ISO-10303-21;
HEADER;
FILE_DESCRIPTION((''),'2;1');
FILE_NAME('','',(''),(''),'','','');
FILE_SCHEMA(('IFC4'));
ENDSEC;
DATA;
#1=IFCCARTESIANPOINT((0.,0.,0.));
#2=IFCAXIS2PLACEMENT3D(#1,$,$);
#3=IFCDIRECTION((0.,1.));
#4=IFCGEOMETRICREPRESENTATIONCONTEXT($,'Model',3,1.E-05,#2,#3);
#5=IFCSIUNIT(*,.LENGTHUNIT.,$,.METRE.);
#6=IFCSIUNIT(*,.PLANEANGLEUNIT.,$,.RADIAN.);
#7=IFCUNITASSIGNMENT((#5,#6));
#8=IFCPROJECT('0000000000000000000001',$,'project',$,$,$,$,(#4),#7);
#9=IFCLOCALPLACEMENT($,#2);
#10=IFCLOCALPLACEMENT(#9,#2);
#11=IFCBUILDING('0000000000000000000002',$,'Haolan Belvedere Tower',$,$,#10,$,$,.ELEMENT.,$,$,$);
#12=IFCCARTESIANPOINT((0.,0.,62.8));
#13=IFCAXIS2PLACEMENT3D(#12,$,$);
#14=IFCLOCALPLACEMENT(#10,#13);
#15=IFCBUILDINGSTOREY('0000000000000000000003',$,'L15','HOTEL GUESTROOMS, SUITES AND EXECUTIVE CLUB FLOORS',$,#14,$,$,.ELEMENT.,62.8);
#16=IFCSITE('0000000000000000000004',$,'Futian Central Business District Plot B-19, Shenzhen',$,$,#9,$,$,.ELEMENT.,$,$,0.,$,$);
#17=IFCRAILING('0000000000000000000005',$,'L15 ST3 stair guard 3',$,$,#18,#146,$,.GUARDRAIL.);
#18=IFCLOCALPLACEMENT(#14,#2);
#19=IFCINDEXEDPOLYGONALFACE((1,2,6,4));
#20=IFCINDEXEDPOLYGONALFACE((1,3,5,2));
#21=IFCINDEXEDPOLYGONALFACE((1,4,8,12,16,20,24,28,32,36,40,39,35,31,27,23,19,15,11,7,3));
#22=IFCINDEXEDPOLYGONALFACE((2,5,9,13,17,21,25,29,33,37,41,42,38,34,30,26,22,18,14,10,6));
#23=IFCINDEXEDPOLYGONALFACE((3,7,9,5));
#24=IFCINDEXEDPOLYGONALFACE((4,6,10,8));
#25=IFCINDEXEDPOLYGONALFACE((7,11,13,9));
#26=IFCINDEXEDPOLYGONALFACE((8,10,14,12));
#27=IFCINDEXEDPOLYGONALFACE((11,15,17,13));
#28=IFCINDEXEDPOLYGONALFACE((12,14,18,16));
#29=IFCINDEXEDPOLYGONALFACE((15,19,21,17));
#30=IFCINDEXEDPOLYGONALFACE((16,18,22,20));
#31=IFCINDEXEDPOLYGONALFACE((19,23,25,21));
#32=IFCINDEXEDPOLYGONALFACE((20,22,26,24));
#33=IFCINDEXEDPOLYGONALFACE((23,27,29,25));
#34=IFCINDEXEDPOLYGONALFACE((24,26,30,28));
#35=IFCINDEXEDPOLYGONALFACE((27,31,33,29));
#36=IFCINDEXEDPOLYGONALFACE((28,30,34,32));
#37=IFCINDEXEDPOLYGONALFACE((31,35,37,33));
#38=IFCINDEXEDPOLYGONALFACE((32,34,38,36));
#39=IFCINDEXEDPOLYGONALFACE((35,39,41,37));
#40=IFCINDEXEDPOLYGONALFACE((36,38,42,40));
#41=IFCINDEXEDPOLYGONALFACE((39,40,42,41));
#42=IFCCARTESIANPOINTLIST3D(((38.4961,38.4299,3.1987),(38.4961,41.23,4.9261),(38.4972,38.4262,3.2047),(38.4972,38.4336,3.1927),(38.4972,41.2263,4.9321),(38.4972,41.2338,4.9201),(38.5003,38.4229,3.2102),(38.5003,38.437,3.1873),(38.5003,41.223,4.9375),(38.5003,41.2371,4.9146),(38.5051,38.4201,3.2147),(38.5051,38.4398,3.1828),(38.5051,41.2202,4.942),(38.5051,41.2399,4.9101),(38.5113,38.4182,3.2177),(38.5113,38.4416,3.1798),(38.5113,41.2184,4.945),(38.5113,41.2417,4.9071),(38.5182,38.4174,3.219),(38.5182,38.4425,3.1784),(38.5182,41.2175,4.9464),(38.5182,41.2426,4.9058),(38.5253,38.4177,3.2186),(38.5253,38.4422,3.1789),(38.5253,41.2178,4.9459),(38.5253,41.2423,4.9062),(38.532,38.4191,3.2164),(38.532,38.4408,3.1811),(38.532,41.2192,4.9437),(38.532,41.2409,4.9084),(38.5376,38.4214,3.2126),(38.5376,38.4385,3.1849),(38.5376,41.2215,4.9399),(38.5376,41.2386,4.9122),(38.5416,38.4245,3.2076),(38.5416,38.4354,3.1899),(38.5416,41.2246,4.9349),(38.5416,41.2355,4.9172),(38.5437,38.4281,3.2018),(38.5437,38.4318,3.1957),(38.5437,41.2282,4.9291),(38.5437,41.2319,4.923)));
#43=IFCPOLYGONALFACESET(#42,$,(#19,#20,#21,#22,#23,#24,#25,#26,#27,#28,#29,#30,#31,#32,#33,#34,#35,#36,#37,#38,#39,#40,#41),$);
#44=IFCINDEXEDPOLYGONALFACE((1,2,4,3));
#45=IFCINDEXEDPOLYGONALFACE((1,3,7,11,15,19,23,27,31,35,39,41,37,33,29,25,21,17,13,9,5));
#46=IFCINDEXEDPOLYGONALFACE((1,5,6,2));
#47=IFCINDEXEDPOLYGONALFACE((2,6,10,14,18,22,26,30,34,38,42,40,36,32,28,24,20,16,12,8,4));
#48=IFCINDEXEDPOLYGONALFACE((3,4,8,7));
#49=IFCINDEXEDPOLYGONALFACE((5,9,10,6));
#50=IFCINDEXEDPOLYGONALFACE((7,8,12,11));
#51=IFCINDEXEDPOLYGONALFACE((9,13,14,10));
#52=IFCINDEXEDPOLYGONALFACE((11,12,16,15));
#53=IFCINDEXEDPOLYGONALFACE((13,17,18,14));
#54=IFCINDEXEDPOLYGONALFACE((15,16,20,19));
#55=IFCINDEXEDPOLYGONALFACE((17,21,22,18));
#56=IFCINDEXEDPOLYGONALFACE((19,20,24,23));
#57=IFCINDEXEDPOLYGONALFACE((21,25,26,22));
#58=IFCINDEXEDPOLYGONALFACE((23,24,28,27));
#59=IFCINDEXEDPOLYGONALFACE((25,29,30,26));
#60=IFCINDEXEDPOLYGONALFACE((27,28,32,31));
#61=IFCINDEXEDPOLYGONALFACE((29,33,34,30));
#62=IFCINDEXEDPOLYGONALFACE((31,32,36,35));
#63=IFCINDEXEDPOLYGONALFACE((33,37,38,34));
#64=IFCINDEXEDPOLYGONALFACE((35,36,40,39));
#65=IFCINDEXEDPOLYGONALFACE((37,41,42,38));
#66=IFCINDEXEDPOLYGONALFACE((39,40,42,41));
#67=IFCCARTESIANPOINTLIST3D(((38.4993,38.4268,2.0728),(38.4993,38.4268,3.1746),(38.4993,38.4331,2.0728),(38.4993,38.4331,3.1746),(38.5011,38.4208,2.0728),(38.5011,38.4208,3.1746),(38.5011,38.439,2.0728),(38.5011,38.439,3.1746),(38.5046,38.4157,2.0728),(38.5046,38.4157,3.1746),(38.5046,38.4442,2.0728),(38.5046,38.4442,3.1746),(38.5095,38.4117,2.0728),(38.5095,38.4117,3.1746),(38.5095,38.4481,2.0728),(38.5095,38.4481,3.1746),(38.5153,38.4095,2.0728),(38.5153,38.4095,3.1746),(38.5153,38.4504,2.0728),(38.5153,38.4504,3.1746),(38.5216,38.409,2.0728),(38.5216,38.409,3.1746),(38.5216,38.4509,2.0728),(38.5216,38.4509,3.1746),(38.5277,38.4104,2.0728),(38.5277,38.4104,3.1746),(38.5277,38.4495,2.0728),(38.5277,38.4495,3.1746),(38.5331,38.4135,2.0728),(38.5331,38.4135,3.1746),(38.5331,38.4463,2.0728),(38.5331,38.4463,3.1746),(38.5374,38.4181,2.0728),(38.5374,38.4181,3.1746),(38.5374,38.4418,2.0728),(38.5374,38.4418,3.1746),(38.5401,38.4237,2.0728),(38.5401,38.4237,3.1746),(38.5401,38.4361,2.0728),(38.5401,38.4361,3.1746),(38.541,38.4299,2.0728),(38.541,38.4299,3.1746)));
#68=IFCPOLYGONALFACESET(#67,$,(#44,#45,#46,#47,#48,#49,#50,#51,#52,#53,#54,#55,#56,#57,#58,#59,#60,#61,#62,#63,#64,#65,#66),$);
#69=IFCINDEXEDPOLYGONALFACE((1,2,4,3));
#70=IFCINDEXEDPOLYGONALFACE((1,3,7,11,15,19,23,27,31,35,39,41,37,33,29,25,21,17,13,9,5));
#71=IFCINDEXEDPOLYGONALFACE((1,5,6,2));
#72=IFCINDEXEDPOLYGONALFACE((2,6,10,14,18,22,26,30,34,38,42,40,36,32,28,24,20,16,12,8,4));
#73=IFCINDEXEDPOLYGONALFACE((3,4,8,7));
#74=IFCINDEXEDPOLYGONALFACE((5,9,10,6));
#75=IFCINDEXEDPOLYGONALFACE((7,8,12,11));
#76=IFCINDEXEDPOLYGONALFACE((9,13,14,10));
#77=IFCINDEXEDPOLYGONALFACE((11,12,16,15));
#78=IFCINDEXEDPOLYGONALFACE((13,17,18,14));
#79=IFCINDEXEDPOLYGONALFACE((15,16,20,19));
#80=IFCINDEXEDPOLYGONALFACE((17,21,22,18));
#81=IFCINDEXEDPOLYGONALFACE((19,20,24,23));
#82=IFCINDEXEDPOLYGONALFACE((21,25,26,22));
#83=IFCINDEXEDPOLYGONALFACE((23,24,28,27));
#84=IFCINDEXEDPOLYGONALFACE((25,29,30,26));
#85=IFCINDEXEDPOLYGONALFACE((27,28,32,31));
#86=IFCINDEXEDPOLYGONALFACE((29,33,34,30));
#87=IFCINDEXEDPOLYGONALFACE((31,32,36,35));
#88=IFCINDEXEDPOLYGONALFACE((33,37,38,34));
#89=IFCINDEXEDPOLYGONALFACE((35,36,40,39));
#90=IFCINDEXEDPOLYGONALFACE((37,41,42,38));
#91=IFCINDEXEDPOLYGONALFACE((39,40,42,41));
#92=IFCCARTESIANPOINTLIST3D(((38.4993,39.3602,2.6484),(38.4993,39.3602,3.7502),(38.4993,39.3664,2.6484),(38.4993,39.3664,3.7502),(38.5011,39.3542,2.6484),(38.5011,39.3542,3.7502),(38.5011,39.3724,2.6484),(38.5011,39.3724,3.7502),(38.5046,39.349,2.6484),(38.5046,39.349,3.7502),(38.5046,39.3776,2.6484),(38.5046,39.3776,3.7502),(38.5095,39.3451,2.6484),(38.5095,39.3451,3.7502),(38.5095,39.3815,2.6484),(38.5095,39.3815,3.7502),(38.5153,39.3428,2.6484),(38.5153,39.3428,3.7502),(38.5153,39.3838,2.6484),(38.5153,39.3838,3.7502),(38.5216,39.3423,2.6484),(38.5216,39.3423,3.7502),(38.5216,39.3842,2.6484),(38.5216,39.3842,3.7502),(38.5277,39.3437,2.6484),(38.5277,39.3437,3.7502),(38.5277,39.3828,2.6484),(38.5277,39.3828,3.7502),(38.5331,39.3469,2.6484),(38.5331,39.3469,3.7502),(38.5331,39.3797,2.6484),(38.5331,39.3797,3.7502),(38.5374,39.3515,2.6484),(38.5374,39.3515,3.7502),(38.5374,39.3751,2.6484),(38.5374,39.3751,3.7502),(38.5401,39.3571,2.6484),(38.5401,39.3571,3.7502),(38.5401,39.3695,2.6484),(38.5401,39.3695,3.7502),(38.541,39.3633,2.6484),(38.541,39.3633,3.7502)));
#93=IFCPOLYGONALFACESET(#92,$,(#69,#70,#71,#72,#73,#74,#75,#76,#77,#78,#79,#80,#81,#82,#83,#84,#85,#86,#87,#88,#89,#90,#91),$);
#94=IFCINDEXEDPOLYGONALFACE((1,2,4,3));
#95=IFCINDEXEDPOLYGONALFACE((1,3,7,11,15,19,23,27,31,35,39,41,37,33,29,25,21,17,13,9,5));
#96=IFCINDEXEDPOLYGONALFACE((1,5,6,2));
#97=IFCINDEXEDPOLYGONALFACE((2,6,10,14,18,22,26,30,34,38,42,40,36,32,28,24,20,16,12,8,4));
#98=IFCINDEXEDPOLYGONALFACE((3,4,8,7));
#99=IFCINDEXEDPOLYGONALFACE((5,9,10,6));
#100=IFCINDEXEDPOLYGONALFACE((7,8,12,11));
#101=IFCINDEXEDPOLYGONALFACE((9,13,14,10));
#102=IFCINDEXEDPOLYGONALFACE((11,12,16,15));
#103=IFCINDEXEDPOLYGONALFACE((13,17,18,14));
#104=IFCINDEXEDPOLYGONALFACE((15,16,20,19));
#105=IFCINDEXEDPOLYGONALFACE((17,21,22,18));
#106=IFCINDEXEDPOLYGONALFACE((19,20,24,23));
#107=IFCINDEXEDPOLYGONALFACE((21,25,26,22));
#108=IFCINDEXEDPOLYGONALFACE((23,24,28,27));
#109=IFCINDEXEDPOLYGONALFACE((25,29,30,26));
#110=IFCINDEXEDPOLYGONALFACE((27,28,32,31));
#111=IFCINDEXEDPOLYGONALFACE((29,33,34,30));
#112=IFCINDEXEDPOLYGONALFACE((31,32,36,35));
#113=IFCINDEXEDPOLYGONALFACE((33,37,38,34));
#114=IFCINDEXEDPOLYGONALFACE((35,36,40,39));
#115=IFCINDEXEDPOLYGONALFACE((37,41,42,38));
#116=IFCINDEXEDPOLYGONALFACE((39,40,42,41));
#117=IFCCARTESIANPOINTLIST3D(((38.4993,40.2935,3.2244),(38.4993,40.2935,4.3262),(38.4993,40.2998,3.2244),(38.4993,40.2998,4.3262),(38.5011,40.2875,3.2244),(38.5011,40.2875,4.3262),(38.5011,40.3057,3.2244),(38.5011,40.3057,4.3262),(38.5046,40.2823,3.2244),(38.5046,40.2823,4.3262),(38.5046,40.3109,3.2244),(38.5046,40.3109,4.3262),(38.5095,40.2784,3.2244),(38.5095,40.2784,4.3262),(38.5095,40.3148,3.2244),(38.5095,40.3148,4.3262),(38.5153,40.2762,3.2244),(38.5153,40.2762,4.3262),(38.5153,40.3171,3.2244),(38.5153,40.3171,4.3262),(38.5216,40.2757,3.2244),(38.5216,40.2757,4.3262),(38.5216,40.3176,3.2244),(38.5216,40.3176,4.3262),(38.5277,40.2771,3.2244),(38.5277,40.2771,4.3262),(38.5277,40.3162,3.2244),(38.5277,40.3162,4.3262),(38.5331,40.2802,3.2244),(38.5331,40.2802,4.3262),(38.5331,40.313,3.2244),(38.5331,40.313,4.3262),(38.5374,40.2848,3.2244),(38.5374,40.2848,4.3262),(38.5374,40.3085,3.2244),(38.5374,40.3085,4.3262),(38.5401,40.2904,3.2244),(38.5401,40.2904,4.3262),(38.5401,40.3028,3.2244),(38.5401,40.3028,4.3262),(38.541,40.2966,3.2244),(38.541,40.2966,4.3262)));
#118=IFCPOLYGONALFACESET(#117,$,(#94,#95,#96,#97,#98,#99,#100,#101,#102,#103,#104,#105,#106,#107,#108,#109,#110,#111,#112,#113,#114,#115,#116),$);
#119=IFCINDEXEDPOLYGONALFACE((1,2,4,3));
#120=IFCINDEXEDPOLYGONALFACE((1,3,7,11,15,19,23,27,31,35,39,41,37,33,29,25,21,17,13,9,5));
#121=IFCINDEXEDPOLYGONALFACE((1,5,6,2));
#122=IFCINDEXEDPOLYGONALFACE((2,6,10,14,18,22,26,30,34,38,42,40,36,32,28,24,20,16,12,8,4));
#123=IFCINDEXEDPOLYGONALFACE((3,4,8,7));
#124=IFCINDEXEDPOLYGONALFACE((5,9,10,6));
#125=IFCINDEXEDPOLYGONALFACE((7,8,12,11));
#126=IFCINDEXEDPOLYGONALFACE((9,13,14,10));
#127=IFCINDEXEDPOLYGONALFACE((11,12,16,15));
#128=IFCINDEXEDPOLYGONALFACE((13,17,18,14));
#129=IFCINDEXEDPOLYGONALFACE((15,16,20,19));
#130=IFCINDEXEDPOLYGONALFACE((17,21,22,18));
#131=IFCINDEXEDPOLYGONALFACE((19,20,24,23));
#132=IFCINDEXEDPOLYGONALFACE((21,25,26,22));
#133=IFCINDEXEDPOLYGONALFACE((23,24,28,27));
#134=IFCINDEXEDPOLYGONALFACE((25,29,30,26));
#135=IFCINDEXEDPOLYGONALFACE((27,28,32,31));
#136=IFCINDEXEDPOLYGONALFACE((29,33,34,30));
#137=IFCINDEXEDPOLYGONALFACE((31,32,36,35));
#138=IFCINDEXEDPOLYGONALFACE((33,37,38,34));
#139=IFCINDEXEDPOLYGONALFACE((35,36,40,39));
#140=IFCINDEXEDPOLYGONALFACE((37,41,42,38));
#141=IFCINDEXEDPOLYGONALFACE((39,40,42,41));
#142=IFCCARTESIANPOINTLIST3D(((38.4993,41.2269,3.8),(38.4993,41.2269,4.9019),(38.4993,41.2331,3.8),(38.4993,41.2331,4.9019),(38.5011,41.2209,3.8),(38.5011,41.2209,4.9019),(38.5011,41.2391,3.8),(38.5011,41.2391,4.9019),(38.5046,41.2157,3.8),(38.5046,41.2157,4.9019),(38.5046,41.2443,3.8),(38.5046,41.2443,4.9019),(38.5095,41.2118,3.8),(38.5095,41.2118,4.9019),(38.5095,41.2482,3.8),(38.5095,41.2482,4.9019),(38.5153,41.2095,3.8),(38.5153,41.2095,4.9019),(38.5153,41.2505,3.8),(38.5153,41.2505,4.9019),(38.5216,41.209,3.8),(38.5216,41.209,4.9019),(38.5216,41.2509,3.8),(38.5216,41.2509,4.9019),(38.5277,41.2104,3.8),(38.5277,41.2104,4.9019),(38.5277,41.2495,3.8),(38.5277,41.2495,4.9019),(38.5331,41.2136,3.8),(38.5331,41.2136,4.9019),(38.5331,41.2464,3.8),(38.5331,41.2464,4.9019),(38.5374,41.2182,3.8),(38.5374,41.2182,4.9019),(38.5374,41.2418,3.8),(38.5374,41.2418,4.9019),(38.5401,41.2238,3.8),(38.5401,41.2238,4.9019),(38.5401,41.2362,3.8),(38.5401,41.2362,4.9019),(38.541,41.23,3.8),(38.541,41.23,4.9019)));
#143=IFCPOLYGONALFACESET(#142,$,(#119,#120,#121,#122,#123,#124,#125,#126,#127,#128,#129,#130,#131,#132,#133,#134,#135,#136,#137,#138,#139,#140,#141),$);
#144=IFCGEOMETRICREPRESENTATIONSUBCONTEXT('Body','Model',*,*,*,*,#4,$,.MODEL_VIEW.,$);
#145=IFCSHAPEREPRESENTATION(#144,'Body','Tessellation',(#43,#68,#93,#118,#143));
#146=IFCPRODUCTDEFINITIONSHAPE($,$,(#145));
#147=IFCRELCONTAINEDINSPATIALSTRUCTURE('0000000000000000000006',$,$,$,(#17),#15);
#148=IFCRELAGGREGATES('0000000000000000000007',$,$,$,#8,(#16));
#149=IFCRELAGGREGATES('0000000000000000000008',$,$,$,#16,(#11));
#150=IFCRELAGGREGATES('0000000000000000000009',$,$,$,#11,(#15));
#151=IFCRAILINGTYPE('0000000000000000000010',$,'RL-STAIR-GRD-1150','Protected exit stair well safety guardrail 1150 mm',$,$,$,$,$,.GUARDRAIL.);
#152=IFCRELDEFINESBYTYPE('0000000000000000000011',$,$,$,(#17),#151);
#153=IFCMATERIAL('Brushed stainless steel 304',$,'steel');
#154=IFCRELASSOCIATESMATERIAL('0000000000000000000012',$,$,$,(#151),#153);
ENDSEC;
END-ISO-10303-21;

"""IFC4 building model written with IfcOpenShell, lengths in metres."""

from ifc_helpers import new_model, si_unit, direction, frame, origin, origin_2d, place, context, subcontext, project, spatial, circle, extrude, material, type_object, element, save


model = new_model("IFC4")

# Units and contexts
model_context = context("Model", 3, precision=1e-05, world=origin(), true_north=direction((0.0, 1.0)))
body_context = subcontext(model_context, "Body", "Model", "MODEL_VIEW")
ifc_project = project(units=[si_unit("LENGTHUNIT", "METRE"), si_unit("PLANEANGLEUNIT", "RADIAN")], contexts=[model_context])

# Site, building, storey
site_placement = place(None, origin())
site = spatial("IfcSite", under=ifc_project, at=site_placement, Name="Futian Central Business District Plot B-19, Shenzhen", CompositionType="ELEMENT", RefElevation=0.0)
building_placement = place(site_placement, origin())
building = spatial("IfcBuilding", under=site, at=building_placement, Name="Haolan Belvedere Tower", CompositionType="ELEMENT")
storey_placement = place(building_placement, frame((0.0, 0.0, 62.8)))
storey = spatial("IfcBuildingStorey", under=building, at=storey_placement, Name="L15", Description="HOTEL GUESTROOMS, SUITES AND EXECUTIVE CLUB FLOORS", CompositionType="ELEMENT", Elevation=62.8)

# Railing
ifc_material_1 = material(Name="Brushed stainless steel 304", Category="steel")
railing_type_1 = type_object("IfcRailingType", Name="RL-STAIR-GRD-1150", Description="Protected exit stair well safety guardrail 1150 mm", PredefinedType="GUARDRAIL", material=ifc_material_1)
railing_1_placement = place(storey_placement, frame((38.52, 38.4299, 2.0728)))
element("IfcRailing", 1, at=railing_1_placement, inside=storey, type_object=railing_type_1, Name="L15 ST3 stair guard 3", PredefinedType="GUARDRAIL", context=body_context, shape_type="SweptSolid", body=[
    extrude(circle(Radius=0.0239, at=origin_2d()), frame((0.0, 0.0, 1.126), z_axis=(0.0, 0.85109, 0.52502), x_axis=(-1.0, 0.0, 0.0)), (0.0, 0.0, 1.0), 3.29),
    extrude(circle(Radius=0.021, at=origin_2d()), origin(), (0.0, 0.0, 1.0), 1.1018),
    extrude(circle(Radius=0.021, at=origin_2d()), frame((0.0, 0.9333, 0.5757)), (0.0, 0.0, 1.0), 1.1018),
    extrude(circle(Radius=0.021, at=origin_2d()), frame((0.0, 1.8667, 1.1516)), (0.0, 0.0, 1.0), 1.1018),
    extrude(circle(Radius=0.021, at=origin_2d()), frame((0.0, 2.8, 1.7273)), (0.0, 0.0, 1.0), 1.1018),
])

save(model, "model.ifc")
